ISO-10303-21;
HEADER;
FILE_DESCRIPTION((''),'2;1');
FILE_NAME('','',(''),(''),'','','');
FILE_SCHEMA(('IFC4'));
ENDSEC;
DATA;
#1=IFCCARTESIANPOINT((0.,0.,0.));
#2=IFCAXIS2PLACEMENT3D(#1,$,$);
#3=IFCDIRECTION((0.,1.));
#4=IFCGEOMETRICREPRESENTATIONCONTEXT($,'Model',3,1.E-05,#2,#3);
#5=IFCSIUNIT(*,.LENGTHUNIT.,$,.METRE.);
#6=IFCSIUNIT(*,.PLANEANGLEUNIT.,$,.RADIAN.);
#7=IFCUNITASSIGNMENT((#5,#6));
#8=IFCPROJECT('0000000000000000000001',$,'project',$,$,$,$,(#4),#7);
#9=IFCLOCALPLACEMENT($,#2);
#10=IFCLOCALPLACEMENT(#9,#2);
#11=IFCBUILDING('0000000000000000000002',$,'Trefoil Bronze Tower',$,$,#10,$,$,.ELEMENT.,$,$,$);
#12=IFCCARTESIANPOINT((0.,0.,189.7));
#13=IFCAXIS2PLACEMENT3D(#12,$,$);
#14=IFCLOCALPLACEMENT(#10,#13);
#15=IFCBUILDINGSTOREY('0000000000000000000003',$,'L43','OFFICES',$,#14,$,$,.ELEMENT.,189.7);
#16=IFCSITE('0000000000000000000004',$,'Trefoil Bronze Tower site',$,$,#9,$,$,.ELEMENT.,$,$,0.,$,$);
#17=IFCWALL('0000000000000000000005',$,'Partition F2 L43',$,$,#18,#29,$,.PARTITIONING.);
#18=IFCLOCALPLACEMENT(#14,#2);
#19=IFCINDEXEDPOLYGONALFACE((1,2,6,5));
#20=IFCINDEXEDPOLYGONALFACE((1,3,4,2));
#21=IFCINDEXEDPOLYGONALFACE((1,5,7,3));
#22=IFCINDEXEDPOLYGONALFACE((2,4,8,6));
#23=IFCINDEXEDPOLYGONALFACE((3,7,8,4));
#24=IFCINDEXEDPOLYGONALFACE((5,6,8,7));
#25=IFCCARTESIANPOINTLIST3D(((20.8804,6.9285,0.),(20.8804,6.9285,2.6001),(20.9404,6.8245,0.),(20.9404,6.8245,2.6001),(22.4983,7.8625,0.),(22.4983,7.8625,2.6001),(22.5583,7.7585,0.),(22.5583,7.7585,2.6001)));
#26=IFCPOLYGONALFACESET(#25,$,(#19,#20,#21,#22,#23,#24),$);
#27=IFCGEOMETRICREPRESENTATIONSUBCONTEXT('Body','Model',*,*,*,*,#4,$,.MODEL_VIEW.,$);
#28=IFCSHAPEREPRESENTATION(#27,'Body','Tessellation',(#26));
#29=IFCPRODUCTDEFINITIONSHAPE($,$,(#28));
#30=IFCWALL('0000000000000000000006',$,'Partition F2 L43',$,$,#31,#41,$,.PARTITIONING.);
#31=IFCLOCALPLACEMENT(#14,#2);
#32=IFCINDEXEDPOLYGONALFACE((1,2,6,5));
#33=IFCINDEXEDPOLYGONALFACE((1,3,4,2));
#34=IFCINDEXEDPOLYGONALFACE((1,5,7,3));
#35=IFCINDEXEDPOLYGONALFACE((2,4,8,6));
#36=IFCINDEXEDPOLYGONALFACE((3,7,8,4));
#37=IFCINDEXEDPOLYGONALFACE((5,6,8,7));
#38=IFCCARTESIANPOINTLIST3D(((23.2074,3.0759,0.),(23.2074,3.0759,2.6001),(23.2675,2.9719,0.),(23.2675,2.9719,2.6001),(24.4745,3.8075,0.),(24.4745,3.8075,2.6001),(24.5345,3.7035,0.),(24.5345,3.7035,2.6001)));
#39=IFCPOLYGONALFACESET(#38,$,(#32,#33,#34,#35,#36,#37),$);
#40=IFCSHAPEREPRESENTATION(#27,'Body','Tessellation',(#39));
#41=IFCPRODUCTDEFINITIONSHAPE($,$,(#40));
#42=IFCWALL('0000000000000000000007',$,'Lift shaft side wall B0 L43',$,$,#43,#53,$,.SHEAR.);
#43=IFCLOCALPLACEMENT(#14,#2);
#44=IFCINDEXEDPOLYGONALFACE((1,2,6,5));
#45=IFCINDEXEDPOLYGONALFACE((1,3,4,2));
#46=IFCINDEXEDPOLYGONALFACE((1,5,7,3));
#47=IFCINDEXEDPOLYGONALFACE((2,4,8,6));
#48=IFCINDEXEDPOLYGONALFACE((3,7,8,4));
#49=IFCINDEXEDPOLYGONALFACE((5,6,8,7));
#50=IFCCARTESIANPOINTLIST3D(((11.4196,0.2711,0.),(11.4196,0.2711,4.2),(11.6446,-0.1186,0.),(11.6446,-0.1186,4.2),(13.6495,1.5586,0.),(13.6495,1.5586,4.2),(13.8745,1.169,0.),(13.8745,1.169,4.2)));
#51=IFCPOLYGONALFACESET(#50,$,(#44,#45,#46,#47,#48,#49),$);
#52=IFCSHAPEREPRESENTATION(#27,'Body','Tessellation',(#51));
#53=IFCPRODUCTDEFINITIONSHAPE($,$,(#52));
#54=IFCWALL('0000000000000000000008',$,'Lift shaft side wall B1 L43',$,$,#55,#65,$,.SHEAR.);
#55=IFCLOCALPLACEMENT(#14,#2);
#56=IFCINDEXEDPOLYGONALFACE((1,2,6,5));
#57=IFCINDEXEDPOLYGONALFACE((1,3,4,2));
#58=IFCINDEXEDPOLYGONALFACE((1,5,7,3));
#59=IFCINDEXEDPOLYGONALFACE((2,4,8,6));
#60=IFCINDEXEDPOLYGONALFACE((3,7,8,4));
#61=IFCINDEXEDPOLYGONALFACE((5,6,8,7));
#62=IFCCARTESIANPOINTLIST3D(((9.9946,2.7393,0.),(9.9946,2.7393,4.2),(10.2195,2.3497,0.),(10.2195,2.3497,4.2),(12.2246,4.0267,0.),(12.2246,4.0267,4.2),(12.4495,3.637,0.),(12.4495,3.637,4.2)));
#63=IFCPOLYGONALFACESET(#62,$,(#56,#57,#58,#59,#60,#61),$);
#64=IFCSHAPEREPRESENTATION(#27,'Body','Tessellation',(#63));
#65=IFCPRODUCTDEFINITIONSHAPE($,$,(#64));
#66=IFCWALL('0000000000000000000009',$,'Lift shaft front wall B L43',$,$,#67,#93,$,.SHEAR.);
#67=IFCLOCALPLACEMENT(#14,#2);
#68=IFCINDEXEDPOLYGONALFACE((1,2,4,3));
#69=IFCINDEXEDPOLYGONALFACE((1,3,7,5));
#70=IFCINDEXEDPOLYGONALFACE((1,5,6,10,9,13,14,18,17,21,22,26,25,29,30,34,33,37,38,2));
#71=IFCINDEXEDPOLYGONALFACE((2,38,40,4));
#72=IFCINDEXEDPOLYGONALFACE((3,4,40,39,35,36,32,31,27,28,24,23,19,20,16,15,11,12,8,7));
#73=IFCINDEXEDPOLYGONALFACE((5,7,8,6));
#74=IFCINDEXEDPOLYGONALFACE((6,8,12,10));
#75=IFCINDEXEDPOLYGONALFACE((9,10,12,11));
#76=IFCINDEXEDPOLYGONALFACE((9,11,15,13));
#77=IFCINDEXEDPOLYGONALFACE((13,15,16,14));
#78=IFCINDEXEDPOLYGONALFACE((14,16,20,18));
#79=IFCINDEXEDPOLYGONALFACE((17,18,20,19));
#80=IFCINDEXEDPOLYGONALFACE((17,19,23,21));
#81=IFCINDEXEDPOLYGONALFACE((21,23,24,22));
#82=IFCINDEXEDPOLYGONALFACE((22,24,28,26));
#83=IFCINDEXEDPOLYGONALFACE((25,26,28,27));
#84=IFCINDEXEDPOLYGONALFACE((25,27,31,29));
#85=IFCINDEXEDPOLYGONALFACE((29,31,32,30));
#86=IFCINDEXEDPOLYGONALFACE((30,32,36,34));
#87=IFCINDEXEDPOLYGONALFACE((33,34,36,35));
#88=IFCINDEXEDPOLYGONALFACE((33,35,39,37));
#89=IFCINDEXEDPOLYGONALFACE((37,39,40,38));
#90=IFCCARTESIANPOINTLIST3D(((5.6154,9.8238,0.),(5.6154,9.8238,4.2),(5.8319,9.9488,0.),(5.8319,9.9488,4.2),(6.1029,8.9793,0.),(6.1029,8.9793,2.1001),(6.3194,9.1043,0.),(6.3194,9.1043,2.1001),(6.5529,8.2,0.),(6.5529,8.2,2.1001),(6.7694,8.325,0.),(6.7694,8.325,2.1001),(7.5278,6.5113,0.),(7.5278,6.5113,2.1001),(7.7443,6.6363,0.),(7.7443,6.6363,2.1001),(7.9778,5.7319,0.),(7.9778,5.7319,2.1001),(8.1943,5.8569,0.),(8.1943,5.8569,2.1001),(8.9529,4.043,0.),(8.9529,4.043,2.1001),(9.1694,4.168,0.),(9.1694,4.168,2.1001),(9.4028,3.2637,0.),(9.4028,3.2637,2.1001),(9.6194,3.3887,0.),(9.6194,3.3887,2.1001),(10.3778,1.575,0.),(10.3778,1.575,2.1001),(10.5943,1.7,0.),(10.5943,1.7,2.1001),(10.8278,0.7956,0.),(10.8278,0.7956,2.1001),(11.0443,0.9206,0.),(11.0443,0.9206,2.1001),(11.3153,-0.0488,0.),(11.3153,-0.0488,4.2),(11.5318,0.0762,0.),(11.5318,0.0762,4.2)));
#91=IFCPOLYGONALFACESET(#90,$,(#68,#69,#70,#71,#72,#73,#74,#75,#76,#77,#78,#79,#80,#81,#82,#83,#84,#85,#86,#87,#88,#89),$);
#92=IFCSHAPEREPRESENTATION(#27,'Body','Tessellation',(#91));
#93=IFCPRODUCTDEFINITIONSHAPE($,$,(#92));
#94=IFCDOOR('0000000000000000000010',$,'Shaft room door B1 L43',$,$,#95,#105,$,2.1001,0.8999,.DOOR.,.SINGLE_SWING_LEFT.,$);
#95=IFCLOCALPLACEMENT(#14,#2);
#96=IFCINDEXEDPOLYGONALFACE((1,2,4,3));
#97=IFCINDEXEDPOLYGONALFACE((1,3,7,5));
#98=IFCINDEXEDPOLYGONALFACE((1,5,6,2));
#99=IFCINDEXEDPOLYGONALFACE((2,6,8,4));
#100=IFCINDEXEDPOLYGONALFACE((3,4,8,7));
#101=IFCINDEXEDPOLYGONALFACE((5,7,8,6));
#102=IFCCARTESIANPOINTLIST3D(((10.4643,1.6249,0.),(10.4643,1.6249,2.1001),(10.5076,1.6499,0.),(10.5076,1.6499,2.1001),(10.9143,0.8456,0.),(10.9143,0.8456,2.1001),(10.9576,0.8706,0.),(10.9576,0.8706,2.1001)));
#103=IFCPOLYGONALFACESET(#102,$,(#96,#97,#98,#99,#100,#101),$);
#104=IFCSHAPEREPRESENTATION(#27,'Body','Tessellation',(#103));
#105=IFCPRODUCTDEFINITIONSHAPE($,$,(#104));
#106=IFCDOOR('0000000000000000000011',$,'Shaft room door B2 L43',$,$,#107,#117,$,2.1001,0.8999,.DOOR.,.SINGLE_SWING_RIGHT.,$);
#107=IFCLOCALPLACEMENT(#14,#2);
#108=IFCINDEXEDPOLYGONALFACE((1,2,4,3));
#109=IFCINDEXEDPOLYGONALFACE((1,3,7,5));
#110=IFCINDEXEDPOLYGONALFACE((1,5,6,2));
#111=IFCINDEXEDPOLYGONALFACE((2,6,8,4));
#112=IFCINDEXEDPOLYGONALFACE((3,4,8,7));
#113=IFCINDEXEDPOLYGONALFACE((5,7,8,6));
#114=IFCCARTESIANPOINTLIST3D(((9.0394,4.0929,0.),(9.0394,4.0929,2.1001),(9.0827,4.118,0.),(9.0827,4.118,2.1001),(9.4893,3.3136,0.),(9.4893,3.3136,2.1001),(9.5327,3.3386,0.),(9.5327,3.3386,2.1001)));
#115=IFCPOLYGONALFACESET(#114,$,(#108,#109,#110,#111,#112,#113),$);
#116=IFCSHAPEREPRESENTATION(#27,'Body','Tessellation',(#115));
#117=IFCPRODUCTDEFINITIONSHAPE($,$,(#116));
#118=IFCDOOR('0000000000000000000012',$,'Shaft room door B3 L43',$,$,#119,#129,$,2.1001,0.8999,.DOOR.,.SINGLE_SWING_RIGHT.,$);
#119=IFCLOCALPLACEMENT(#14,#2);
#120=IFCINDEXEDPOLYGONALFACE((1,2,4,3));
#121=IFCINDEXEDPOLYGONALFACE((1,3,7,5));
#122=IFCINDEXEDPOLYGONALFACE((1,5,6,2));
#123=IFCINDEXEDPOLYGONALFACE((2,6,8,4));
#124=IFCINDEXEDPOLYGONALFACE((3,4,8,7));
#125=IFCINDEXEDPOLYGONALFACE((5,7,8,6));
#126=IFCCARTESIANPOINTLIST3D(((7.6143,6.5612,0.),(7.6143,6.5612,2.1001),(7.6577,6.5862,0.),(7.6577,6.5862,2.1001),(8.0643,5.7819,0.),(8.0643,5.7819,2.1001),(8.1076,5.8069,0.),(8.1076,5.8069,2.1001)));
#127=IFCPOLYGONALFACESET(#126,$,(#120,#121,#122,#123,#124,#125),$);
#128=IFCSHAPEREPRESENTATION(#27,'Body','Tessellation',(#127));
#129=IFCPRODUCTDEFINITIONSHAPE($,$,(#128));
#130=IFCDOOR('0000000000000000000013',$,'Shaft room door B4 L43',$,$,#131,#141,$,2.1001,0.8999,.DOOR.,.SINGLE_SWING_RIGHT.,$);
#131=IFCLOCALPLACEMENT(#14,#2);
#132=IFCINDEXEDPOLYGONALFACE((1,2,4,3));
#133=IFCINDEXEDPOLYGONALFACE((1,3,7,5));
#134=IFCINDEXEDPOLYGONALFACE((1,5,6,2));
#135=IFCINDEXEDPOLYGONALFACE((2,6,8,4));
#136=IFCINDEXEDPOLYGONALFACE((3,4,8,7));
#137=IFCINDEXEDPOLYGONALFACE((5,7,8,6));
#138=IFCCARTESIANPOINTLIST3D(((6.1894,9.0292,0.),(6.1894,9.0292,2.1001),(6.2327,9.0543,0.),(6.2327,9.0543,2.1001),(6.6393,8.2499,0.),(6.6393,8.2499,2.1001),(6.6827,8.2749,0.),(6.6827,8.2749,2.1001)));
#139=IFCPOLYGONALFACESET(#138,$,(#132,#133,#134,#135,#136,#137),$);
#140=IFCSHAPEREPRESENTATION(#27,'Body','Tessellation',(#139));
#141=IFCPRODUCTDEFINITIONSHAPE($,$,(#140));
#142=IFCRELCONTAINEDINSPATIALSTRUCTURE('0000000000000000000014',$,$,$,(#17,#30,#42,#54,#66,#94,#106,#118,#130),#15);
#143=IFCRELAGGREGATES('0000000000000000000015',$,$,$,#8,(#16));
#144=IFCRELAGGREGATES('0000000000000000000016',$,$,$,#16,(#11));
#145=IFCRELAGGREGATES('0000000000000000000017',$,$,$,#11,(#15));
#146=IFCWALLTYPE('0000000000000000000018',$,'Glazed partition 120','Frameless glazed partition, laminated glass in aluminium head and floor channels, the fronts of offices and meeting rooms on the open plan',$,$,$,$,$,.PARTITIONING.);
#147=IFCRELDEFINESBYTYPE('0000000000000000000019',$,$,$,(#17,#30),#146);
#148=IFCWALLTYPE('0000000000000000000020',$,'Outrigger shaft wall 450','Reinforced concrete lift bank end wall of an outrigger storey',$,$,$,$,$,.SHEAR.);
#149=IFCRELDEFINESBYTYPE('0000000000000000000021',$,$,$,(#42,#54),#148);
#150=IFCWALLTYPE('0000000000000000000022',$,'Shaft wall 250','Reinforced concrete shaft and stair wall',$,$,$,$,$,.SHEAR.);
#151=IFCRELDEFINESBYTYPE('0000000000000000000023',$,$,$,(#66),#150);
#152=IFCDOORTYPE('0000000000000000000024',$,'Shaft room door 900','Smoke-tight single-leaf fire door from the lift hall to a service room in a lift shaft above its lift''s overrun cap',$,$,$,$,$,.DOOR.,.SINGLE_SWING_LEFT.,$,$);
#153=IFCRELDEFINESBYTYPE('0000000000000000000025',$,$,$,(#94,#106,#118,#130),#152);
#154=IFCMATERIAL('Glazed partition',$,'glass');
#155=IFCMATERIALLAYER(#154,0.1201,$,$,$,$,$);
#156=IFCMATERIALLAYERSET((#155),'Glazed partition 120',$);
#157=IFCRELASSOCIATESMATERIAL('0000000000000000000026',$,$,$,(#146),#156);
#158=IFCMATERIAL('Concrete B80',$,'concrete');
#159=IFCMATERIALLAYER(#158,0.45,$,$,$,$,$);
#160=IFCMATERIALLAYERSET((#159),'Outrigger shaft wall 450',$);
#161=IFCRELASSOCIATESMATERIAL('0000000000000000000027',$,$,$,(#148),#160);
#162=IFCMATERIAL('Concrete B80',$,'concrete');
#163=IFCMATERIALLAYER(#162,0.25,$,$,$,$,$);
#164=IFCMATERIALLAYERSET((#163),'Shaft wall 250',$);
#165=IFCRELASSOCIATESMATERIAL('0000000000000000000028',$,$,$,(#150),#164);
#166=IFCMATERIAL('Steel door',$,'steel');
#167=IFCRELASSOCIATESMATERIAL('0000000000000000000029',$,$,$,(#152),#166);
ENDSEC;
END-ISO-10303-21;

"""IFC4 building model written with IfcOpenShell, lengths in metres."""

from ifc_helpers import new_model, si_unit, direction, frame, frame_2d, origin, place, context, subcontext, project, spatial, rectangle, extrude, material, layer, layer_set, type_object, element, fill, save


model = new_model("IFC4")

# Units and contexts
model_context = context("Model", 3, precision=1e-05, world=origin(), true_north=direction((0.0, 1.0)))
body_context = subcontext(model_context, "Body", "Model", "MODEL_VIEW")
ifc_project = project(units=[si_unit("LENGTHUNIT", "METRE"), si_unit("PLANEANGLEUNIT", "RADIAN")], contexts=[model_context])

# Site, building, storey
site_placement = place(None, origin())
site = spatial("IfcSite", under=ifc_project, at=site_placement, Name="Trefoil Bronze Tower site", CompositionType="ELEMENT", RefElevation=0.0)
building_placement = place(site_placement, origin())
building = spatial("IfcBuilding", under=site, at=building_placement, Name="Trefoil Bronze Tower", CompositionType="ELEMENT")
storey_placement = place(building_placement, frame((0.0, 0.0, 189.7)))
storey = spatial("IfcBuildingStorey", under=building, at=storey_placement, Name="L43", Description="OFFICES", CompositionType="ELEMENT", Elevation=189.7)

# Shared definitions
ifc_material_1 = material(Name="Glazed partition", Category="glass")
ifc_layer_1 = layer(ifc_material_1, 0.1201)
ifc_layer_set_1 = layer_set([ifc_layer_1], Name="Glazed partition 120")
wall_type_1 = type_object("IfcWallType", Name="Glazed partition 120", Description="Frameless glazed partition, laminated glass in aluminium head and floor channels, the fronts of offices and meeting rooms on the open plan", PredefinedType="PARTITIONING", material=ifc_layer_set_1)

# Walls
wall_1_placement = place(storey_placement, frame((20.9104, 6.8765, 0.0), z_axis=(0.0, 0.0, 1.0), x_axis=(0.866031, 0.49999, 0.0)))
element("IfcWall", 1, at=wall_1_placement, inside=storey, type_object=wall_type_1, Name="Partition F2 L43", PredefinedType="PARTITIONING", context=body_context, shape_type="SweptSolid", body=[
    extrude(rectangle(XDim=1.8682, YDim=0.1201, at=frame_2d((0.9341, 0.0))), origin(), (0.0, 0.0, 1.0), 2.6001),
])
wall_2_placement = place(storey_placement, frame((23.2375, 3.0239, 0.0), z_axis=(0.0, 0.0, 1.0), x_axis=(0.865986, 0.500069, 0.0)))
element("IfcWall", 2, at=wall_2_placement, inside=storey, type_object=wall_type_1, Name="Partition F2 L43", PredefinedType="PARTITIONING", context=body_context, shape_type="SweptSolid", body=[
    extrude(rectangle(XDim=1.4631, YDim=0.1201, at=frame_2d((0.7314, 0.0))), origin(), (0.0, 0.0, 1.0), 2.6001),
])
ifc_material_2 = material(Name="Concrete B80", Category="concrete")
ifc_layer_2 = layer(ifc_material_2, 0.45)
ifc_layer_set_2 = layer_set([ifc_layer_2], Name="Outrigger shaft wall 450")
wall_type_2 = type_object("IfcWallType", Name="Outrigger shaft wall 450", Description="Reinforced concrete lift bank end wall of an outrigger storey", PredefinedType="SHEAR", material=ifc_layer_set_2)
for number, where, z_axis, x_axis, name in (
    (3, (11.532, 0.0762, 0.0), (0.0, 0.0, 1.0), (0.866006, 0.500034, 0.0), "Lift shaft side wall B0 L43"),
    (4, (10.1069, 2.5444, 0.0), (0.0, 0.0, 1.0), (0.866047, 0.499963, 0.0), "Lift shaft side wall B1 L43"),
):
    element("IfcWall", number, at=place(storey_placement, frame(where, z_axis=z_axis, x_axis=x_axis)), inside=storey, type_object=wall_type_2, Name=name, PredefinedType="SHEAR", context=body_context, shape_type="SweptSolid", body=[
        extrude(rectangle(XDim=2.575, YDim=0.45, at=frame_2d((1.2876, 0.0))), origin(), (0.0, 0.0, 1.0), 4.2),
    ])

# Wall, openings, doors
ifc_material_3 = material(Name="Concrete B80", Category="concrete")
ifc_layer_3 = layer(ifc_material_3, 0.25)
ifc_layer_set_3 = layer_set([ifc_layer_3], Name="Shaft wall 250")
wall_type_3 = type_object("IfcWallType", Name="Shaft wall 250", Description="Reinforced concrete shaft and stair wall", PredefinedType="SHEAR", material=ifc_layer_set_3)
wall_3_placement = place(storey_placement, frame((11.4236, 0.0137, 0.0), z_axis=(0.0, 0.0, 1.0), x_axis=(-0.500002, 0.866024, 0.0)))
wall_3 = element("IfcWall", 5, at=wall_3_placement, inside=storey, type_object=wall_type_3, Name="Lift shaft front wall B L43", PredefinedType="SHEAR", context=body_context, shape_type="SweptSolid", body=[
    extrude(rectangle(XDim=11.3999, YDim=0.25, at=frame_2d((5.7, 0.0))), origin(), (0.0, 0.0, 1.0), 4.2),
])
opening_1_placement = place(wall_3_placement, frame((0.9751, 0.0, 0.0)))
opening_1 = element("IfcOpeningElement", 6, at=opening_1_placement, cuts=wall_3, PredefinedType="OPENING", context=body_context, shape_type="SweptSolid", body=[
    extrude(rectangle(XDim=0.8999, YDim=2.1001, at=frame_2d((0.45, 1.05))), frame((0.0, 0.135, 0.0), z_axis=(0.0, -1.0, 0.0), x_axis=(1.0, 0.0, 0.0)), (0.0, 0.0, 1.0), 0.27),
])
opening_2_placement = place(wall_3_placement, frame((3.825, 0.0, 0.0)))
opening_2 = element("IfcOpeningElement", 7, at=opening_2_placement, cuts=wall_3, PredefinedType="OPENING", context=body_context, shape_type="SweptSolid", body=[
    extrude(rectangle(XDim=0.8999, YDim=2.1001, at=frame_2d((0.45, 1.05))), frame((0.0, 0.135, 0.0), z_axis=(0.0, -1.0, 0.0), x_axis=(1.0, 0.0, 0.0)), (0.0, 0.0, 1.0), 0.27),
])
opening_3_placement = place(wall_3_placement, frame((6.675, 0.0, 0.0)))
opening_3 = element("IfcOpeningElement", 8, at=opening_3_placement, cuts=wall_3, PredefinedType="OPENING", context=body_context, shape_type="SweptSolid", body=[
    extrude(rectangle(XDim=0.8999, YDim=2.1001, at=frame_2d((0.45, 1.05))), frame((0.0, 0.135, 0.0), z_axis=(0.0, -1.0, 0.0), x_axis=(1.0, 0.0, 0.0)), (0.0, 0.0, 1.0), 0.27),
])
opening_4_placement = place(wall_3_placement, frame((9.5249, 0.0, 0.0)))
opening_4 = element("IfcOpeningElement", 9, at=opening_4_placement, cuts=wall_3, PredefinedType="OPENING", context=body_context, shape_type="SweptSolid", body=[
    extrude(rectangle(XDim=0.8999, YDim=2.1001, at=frame_2d((0.45, 1.05))), frame((0.0, 0.135, 0.0), z_axis=(0.0, -1.0, 0.0), x_axis=(1.0, 0.0, 0.0)), (0.0, 0.0, 1.0), 0.27),
])
ifc_material_4 = material(Name="Steel door", Category="steel")
door_type_1 = type_object("IfcDoorType", Name="Shaft room door 900", Description="Smoke-tight single-leaf fire door from the lift hall to a service room in a lift shaft above its lift's overrun cap", OperationType="SINGLE_SWING_LEFT", PredefinedType="DOOR", material=ifc_material_4)
door_1_placement = place(opening_1_placement, frame((0.8999, 0.0, 0.0), z_axis=(0.0, 0.0, 1.0), x_axis=(-1.0, 0.0, 0.0)))
door_1 = element("IfcDoor", 10, at=door_1_placement, inside=storey, type_object=door_type_1, Name="Shaft room door B1 L43", OperationType="SINGLE_SWING_LEFT", OverallHeight=2.1001, OverallWidth=0.8999, PredefinedType="DOOR", context=body_context, shape_type="SweptSolid", body=[
    extrude(rectangle(XDim=0.8999, YDim=2.1001, at=frame_2d((0.45, 1.05))), frame((0.0, 0.0249, 0.0), z_axis=(0.0, -1.0, 0.0), x_axis=(1.0, 0.0, 0.0)), (0.0, 0.0, 1.0), 0.05),
])
fill(opening_1, door_1)
door_2_placement = place(opening_2_placement, frame((0.8999, 0.0, 0.0), z_axis=(0.0, 0.0, 1.0), x_axis=(-1.0, 0.0, 0.0)))
door_2 = element("IfcDoor", 11, at=door_2_placement, inside=storey, type_object=door_type_1, Name="Shaft room door B2 L43", OperationType="SINGLE_SWING_RIGHT", OverallHeight=2.1001, OverallWidth=0.8999, PredefinedType="DOOR", context=body_context, shape_type="SweptSolid", body=[
    extrude(rectangle(XDim=0.8999, YDim=2.1001, at=frame_2d((0.45, 1.05))), frame((0.0, 0.0249, 0.0), z_axis=(0.0, -1.0, 0.0), x_axis=(1.0, 0.0, 0.0)), (0.0, 0.0, 1.0), 0.05),
])
fill(opening_2, door_2)
door_3_placement = place(opening_3_placement, frame((0.8999, 0.0, 0.0), z_axis=(0.0, 0.0, 1.0), x_axis=(-1.0, 0.0, 0.0)))
door_3 = element("IfcDoor", 12, at=door_3_placement, inside=storey, type_object=door_type_1, Name="Shaft room door B3 L43", OperationType="SINGLE_SWING_RIGHT", OverallHeight=2.1001, OverallWidth=0.8999, PredefinedType="DOOR", context=body_context, shape_type="SweptSolid", body=[
    extrude(rectangle(XDim=0.8999, YDim=2.1001, at=frame_2d((0.45, 1.05))), frame((0.0, 0.0249, 0.0), z_axis=(0.0, -1.0, 0.0), x_axis=(1.0, 0.0, 0.0)), (0.0, 0.0, 1.0), 0.05),
])
fill(opening_3, door_3)
door_4_placement = place(opening_4_placement, frame((0.8999, 0.0, 0.0), z_axis=(0.0, 0.0, 1.0), x_axis=(-1.0, 0.0, 0.0)))
door_4 = element("IfcDoor", 13, at=door_4_placement, inside=storey, type_object=door_type_1, Name="Shaft room door B4 L43", OperationType="SINGLE_SWING_RIGHT", OverallHeight=2.1001, OverallWidth=0.8999, PredefinedType="DOOR", context=body_context, shape_type="SweptSolid", body=[
    extrude(rectangle(XDim=0.8999, YDim=2.1001, at=frame_2d((0.45, 1.05))), frame((0.0, 0.0249, 0.0), z_axis=(0.0, -1.0, 0.0), x_axis=(1.0, 0.0, 0.0)), (0.0, 0.0, 1.0), 0.05),
])
fill(opening_4, door_4)

save(model, "model.ifc")
